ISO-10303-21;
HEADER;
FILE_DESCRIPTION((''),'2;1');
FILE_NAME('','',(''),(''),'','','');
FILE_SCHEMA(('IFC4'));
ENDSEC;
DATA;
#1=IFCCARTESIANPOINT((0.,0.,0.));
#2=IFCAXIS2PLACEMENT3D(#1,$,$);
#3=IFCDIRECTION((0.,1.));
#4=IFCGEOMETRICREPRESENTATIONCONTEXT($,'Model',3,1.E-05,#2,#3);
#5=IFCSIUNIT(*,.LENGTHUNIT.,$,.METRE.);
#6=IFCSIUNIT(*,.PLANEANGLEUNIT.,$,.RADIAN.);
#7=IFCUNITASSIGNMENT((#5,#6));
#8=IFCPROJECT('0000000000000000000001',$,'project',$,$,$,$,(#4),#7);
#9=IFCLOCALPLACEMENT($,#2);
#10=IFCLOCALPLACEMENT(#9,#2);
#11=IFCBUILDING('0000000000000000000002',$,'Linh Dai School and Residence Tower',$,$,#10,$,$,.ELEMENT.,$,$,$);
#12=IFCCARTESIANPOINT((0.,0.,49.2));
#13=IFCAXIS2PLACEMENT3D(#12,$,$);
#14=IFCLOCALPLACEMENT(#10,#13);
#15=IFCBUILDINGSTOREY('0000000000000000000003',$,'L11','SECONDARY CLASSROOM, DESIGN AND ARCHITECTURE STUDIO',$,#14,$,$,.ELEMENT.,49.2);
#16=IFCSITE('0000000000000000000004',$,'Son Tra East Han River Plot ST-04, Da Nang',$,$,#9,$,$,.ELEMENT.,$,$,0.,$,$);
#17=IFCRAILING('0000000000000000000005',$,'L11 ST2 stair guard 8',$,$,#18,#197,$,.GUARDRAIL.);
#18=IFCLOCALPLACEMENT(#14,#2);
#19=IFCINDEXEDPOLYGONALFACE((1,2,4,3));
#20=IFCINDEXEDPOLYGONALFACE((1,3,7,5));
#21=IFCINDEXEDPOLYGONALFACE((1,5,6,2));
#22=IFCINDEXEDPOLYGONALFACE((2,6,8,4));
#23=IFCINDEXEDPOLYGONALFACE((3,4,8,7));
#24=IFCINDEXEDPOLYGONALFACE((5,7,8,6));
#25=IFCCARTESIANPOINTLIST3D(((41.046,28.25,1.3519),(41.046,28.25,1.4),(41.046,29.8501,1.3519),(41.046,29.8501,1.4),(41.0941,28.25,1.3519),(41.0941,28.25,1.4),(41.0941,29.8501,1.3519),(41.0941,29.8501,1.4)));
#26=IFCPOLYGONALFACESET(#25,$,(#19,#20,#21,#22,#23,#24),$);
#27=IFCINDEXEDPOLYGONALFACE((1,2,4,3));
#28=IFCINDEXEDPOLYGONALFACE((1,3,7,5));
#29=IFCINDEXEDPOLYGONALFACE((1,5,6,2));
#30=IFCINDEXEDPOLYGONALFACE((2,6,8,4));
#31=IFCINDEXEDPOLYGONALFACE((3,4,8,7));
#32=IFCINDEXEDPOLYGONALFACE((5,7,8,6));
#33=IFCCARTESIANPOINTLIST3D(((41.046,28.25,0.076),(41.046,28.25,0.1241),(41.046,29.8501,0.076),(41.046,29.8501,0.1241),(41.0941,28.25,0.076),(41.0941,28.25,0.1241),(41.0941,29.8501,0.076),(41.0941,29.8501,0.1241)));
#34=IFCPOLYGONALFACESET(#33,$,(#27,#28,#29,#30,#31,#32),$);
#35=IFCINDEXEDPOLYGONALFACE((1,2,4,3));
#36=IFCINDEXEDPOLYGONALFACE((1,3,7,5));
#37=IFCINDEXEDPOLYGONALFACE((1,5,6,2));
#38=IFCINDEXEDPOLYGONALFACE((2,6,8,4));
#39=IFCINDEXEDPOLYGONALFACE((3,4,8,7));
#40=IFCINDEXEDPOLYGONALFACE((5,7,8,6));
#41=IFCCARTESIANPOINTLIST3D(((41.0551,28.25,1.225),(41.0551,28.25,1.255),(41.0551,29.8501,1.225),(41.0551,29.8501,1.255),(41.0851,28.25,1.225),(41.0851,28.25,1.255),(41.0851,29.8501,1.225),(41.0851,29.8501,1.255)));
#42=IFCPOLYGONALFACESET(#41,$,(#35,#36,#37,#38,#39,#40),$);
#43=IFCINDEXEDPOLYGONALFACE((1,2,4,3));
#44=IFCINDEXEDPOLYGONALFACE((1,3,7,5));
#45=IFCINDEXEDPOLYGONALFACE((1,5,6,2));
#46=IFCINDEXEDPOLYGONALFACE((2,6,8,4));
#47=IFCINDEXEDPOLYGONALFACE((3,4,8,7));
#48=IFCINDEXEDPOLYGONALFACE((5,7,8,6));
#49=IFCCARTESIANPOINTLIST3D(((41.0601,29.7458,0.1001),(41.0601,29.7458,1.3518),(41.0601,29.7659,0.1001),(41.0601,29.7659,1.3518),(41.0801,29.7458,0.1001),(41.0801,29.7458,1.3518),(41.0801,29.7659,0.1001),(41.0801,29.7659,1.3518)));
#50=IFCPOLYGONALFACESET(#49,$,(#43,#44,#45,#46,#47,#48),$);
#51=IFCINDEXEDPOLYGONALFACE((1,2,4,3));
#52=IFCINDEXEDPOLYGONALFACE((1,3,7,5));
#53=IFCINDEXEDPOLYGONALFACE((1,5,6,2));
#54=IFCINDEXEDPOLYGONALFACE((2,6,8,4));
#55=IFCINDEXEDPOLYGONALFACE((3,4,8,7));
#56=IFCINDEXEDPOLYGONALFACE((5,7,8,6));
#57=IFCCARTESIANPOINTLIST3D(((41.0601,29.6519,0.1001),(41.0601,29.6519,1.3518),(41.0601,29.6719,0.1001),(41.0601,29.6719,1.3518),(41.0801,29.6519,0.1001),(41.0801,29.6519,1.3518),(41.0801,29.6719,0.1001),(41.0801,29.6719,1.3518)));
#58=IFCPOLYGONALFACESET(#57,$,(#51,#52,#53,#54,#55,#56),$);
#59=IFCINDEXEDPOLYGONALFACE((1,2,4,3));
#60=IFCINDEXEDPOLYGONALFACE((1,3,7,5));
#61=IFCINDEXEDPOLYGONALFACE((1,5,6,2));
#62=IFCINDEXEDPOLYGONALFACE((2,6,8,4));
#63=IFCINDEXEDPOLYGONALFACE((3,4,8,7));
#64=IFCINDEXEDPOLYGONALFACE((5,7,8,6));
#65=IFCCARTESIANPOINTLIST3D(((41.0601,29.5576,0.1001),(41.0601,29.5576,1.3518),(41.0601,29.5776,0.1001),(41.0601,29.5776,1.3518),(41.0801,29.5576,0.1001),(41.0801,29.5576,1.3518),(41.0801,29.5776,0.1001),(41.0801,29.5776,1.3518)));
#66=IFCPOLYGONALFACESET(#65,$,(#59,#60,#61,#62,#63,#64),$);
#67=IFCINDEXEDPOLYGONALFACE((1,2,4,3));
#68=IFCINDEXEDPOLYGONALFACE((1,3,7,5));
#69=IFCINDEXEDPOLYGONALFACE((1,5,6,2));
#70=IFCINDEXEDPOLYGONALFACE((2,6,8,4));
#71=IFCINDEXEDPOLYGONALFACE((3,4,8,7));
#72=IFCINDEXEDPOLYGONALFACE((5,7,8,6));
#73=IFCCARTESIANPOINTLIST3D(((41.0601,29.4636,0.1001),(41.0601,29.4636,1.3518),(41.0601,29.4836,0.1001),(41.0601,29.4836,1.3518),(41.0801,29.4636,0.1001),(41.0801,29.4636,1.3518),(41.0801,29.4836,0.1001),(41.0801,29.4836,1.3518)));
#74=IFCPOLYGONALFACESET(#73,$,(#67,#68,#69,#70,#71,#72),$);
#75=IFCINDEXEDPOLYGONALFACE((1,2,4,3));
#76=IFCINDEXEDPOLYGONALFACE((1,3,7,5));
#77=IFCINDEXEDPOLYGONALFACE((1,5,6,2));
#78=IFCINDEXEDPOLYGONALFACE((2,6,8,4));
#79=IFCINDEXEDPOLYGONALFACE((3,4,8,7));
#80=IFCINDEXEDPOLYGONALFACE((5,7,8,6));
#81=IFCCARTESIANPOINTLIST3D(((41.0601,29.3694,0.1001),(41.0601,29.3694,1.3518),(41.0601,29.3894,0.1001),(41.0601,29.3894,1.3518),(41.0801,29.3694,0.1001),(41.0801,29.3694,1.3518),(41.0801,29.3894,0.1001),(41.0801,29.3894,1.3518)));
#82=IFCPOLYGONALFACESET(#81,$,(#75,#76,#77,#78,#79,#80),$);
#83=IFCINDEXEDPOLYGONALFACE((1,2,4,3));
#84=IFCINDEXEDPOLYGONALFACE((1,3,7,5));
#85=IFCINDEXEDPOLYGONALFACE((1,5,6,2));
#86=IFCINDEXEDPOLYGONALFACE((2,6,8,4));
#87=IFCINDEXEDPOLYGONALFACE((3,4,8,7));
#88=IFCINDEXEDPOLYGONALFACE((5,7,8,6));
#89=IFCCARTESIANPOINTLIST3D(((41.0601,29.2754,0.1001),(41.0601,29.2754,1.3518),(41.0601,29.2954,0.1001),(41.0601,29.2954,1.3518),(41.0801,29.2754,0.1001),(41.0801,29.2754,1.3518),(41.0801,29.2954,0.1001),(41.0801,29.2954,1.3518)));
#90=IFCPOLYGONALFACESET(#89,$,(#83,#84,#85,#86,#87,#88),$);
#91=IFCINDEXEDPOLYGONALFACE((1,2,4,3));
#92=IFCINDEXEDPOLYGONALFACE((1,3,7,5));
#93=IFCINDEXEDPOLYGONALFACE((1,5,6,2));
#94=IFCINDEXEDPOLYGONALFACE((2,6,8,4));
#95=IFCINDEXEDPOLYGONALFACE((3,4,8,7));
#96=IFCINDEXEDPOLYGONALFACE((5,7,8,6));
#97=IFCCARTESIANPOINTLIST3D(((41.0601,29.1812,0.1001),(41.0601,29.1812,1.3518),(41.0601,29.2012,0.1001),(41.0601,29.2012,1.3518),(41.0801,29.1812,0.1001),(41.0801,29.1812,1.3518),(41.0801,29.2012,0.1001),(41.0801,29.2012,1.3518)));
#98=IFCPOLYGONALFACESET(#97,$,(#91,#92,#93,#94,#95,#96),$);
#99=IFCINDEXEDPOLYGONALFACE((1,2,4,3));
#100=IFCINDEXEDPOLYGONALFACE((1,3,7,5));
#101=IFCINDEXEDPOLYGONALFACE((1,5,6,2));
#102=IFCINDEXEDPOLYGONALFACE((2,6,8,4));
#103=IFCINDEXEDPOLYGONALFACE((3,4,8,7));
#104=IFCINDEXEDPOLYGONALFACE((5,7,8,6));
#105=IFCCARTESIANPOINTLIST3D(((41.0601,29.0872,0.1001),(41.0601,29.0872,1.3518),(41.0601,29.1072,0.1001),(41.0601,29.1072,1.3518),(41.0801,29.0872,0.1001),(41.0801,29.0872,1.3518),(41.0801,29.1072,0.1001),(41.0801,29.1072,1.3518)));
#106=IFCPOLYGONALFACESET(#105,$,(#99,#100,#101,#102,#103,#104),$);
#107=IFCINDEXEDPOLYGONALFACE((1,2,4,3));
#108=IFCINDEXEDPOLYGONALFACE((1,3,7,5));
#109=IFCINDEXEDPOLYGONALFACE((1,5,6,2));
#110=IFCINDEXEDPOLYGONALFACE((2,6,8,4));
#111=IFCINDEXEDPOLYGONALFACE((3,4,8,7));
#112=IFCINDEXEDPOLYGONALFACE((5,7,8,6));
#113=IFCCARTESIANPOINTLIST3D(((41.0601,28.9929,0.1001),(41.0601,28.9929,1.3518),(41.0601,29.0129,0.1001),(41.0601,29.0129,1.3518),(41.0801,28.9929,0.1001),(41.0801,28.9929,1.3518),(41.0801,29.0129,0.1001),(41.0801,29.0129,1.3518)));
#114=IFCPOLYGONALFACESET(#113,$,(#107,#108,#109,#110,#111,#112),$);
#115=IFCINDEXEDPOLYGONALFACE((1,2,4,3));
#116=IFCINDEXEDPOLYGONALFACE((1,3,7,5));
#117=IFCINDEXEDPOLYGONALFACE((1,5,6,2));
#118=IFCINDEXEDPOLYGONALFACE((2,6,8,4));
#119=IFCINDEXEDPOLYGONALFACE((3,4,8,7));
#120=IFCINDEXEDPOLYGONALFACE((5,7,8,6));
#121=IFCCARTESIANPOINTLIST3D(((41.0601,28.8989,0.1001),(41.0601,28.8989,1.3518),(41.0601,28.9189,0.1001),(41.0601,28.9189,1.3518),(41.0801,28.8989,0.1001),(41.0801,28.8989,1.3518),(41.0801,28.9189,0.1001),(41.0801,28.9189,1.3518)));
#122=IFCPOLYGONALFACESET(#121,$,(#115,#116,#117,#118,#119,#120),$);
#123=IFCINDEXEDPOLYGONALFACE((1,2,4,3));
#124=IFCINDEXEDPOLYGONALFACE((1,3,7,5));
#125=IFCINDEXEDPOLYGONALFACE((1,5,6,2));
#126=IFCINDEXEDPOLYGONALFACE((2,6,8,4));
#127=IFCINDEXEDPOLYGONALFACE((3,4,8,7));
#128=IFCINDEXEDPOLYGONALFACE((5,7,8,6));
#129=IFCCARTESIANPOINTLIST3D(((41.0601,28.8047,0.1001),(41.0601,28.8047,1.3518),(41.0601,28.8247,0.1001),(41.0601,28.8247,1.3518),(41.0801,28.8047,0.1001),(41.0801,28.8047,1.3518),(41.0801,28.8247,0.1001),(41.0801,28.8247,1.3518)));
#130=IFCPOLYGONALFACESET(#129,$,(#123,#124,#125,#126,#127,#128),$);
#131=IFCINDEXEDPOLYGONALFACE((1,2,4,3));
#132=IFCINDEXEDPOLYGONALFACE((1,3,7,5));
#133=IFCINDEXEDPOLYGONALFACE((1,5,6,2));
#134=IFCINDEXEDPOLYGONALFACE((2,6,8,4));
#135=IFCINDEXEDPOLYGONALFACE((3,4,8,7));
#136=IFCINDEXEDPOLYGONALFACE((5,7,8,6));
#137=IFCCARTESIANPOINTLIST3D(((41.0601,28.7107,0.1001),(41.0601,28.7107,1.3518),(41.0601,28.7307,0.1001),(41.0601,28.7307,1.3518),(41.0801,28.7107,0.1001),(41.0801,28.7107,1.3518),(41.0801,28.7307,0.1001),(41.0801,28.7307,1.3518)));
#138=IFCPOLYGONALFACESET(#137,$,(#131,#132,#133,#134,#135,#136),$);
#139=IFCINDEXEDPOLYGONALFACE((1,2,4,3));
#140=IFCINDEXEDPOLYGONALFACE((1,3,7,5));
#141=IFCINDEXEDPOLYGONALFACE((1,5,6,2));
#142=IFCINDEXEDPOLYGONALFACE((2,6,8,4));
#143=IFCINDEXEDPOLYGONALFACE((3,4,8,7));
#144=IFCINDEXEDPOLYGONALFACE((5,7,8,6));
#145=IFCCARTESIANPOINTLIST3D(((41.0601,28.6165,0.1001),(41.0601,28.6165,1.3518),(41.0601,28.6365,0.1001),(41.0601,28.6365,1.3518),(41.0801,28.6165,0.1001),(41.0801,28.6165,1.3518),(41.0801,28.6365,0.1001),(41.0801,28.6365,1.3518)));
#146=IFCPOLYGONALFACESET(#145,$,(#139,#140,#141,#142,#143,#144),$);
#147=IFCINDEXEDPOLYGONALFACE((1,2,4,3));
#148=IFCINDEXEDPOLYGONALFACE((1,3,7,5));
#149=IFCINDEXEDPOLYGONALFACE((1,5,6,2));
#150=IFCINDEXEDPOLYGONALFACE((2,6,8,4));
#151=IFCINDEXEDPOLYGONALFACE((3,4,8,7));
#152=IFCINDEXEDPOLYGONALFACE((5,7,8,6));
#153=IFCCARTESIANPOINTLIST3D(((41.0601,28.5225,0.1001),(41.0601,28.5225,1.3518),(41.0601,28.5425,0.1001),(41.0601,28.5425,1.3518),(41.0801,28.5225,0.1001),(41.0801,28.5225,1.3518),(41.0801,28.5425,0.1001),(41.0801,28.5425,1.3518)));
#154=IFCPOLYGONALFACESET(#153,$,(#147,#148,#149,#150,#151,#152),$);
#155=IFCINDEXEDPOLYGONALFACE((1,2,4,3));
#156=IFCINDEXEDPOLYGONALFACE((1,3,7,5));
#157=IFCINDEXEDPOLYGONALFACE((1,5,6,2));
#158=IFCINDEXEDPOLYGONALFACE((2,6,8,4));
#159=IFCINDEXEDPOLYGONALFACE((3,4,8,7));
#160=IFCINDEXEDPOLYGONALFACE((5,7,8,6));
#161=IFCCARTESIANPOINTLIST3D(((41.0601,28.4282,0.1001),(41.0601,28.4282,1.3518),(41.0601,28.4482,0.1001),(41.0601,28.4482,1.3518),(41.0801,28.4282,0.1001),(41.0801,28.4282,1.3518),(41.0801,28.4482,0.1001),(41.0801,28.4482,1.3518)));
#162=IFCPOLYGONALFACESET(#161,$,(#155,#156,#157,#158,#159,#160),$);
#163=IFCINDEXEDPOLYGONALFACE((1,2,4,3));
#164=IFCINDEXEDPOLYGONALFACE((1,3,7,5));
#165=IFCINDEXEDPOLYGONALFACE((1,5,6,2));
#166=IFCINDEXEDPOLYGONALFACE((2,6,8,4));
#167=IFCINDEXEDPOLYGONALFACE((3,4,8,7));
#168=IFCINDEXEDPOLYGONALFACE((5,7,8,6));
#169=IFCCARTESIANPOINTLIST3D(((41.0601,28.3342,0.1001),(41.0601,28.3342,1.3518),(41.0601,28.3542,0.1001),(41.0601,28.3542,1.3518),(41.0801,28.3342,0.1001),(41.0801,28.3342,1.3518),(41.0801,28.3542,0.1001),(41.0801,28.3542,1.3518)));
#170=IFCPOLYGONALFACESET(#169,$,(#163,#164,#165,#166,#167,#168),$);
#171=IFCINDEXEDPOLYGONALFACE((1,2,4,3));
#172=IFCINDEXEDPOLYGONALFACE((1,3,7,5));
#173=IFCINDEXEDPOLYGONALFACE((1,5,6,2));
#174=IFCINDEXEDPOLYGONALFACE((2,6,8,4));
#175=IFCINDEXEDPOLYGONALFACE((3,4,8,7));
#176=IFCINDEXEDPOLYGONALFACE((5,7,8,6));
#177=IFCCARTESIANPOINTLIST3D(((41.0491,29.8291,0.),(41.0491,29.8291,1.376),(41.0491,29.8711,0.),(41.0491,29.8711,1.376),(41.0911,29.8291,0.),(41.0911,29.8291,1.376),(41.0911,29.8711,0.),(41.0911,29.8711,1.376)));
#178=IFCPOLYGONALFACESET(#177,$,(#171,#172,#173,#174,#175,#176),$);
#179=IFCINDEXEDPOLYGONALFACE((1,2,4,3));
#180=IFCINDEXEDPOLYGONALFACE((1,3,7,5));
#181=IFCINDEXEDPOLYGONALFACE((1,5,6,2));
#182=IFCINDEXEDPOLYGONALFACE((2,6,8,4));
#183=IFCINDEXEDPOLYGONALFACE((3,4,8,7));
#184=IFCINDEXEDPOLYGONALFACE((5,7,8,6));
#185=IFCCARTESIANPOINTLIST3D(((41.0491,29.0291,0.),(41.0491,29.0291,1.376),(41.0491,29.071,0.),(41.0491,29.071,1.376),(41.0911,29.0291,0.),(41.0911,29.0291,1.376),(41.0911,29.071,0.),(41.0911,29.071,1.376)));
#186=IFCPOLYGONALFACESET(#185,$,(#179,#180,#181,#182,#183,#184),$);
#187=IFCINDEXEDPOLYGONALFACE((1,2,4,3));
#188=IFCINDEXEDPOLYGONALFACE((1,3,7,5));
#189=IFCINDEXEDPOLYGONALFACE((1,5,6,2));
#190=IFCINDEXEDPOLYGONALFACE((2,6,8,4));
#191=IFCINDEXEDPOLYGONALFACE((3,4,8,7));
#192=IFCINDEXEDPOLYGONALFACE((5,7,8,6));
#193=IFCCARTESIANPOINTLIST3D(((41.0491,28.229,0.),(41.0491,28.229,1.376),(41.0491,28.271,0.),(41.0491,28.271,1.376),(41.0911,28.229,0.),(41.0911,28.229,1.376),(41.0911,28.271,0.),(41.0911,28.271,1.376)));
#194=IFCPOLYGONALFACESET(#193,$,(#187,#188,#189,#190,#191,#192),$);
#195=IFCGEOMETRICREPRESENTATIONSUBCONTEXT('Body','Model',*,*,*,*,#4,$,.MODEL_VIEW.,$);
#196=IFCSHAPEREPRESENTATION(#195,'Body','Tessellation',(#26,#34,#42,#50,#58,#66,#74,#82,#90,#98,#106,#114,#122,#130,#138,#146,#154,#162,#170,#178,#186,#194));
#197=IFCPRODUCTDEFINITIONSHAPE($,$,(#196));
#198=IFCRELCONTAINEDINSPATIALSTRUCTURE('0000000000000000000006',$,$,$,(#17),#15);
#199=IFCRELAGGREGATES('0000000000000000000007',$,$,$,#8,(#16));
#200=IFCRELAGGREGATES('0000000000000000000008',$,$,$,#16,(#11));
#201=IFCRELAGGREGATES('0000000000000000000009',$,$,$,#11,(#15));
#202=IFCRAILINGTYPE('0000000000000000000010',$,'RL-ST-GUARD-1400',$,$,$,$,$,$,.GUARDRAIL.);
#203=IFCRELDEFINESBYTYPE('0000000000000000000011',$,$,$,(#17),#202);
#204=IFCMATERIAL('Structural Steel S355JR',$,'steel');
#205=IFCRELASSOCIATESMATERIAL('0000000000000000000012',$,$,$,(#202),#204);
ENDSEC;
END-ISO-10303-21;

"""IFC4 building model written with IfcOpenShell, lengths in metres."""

from ifc_helpers import new_model, si_unit, direction, frame, origin, origin_2d, place, context, subcontext, project, spatial, rectangle, extrude, source, transform, mapped, material, type_object, element, save


model = new_model("IFC4")

# Units and contexts
model_context = context("Model", 3, precision=1e-05, world=origin(), true_north=direction((0.0, 1.0)))
body_context = subcontext(model_context, "Body", "Model", "MODEL_VIEW")
ifc_project = project(units=[si_unit("LENGTHUNIT", "METRE"), si_unit("PLANEANGLEUNIT", "RADIAN")], contexts=[model_context])

# Site, building, storey
site_placement = place(None, origin())
site = spatial("IfcSite", under=ifc_project, at=site_placement, Name="Son Tra East Han River Plot ST-04, Da Nang", CompositionType="ELEMENT", RefElevation=0.0)
building_placement = place(site_placement, origin())
building = spatial("IfcBuilding", under=site, at=building_placement, Name="Linh Dai School and Residence Tower", CompositionType="ELEMENT")
storey_placement = place(building_placement, frame((0.0, 0.0, 49.2)))
storey = spatial("IfcBuildingStorey", under=building, at=storey_placement, Name="L11", Description="SECONDARY CLASSROOM, DESIGN AND ARCHITECTURE STUDIO", CompositionType="ELEMENT", Elevation=49.2)

# Shared definitions
ifc_material_1 = material(Name="Structural Steel S355JR", Category="steel")

# Railing
railing_type_1 = type_object("IfcRailingType", Name="RL-ST-GUARD-1400", PredefinedType="GUARDRAIL", material=ifc_material_1)
shared_shape_1 = source(origin(), body_context, "Body", "SweptSolid", [
    extrude(rectangle(XDim=0.0481, YDim=0.0481, at=origin_2d()), frame((0.0, 0.0, 1.376), z_axis=(0.0, -1.0, 0.0), x_axis=(1.0, 0.0, 0.0)), (0.0, 0.0, 1.0), 1.6001),
    extrude(rectangle(XDim=0.0481, YDim=0.0481, at=origin_2d()), frame((0.0, 0.0, 0.1001), z_axis=(0.0, -1.0, 0.0), x_axis=(1.0, 0.0, 0.0)), (0.0, 0.0, 1.0), 1.6001),
    extrude(rectangle(XDim=0.03, YDim=0.03, at=origin_2d()), frame((0.0, 0.0, 1.24), z_axis=(0.0, -1.0, 0.0), x_axis=(1.0, 0.0, 0.0)), (0.0, 0.0, 1.0), 1.6001),
    extrude(rectangle(XDim=0.02, YDim=0.02, at=origin_2d()), frame((0.0, -0.0942, 0.1001)), (0.0, 0.0, 1.0), 1.2517),
    extrude(rectangle(XDim=0.02, YDim=0.02, at=origin_2d()), frame((0.0, -0.1882, 0.1001)), (0.0, 0.0, 1.0), 1.2517),
    extrude(rectangle(XDim=0.02, YDim=0.02, at=origin_2d()), frame((0.0, -0.2825, 0.1001)), (0.0, 0.0, 1.0), 1.2517),
    extrude(rectangle(XDim=0.02, YDim=0.02, at=origin_2d()), frame((0.0, -0.3765, 0.1001)), (0.0, 0.0, 1.0), 1.2517),
    extrude(rectangle(XDim=0.02, YDim=0.02, at=origin_2d()), frame((0.0, -0.4707, 0.1001)), (0.0, 0.0, 1.0), 1.2517),
    extrude(rectangle(XDim=0.02, YDim=0.02, at=origin_2d()), frame((0.0, -0.5647, 0.1001)), (0.0, 0.0, 1.0), 1.2517),
    extrude(rectangle(XDim=0.02, YDim=0.02, at=origin_2d()), frame((0.0, -0.6589, 0.1001)), (0.0, 0.0, 1.0), 1.2517),
    extrude(rectangle(XDim=0.02, YDim=0.02, at=origin_2d()), frame((0.0, -0.7529, 0.1001)), (0.0, 0.0, 1.0), 1.2517),
    extrude(rectangle(XDim=0.02, YDim=0.02, at=origin_2d()), frame((0.0, -0.8472, 0.1001)), (0.0, 0.0, 1.0), 1.2517),
    extrude(rectangle(XDim=0.02, YDim=0.02, at=origin_2d()), frame((0.0, -0.9412, 0.1001)), (0.0, 0.0, 1.0), 1.2517),
    extrude(rectangle(XDim=0.02, YDim=0.02, at=origin_2d()), frame((0.0, -1.0354, 0.1001)), (0.0, 0.0, 1.0), 1.2517),
    extrude(rectangle(XDim=0.02, YDim=0.02, at=origin_2d()), frame((0.0, -1.1294, 0.1001)), (0.0, 0.0, 1.0), 1.2517),
    extrude(rectangle(XDim=0.02, YDim=0.02, at=origin_2d()), frame((0.0, -1.2236, 0.1001)), (0.0, 0.0, 1.0), 1.2517),
    extrude(rectangle(XDim=0.02, YDim=0.02, at=origin_2d()), frame((0.0, -1.3176, 0.1001)), (0.0, 0.0, 1.0), 1.2517),
    extrude(rectangle(XDim=0.02, YDim=0.02, at=origin_2d()), frame((0.0, -1.4119, 0.1001)), (0.0, 0.0, 1.0), 1.2517),
    extrude(rectangle(XDim=0.02, YDim=0.02, at=origin_2d()), frame((0.0, -1.5059, 0.1001)), (0.0, 0.0, 1.0), 1.2517),
    extrude(rectangle(XDim=0.042, YDim=0.042, at=origin_2d()), origin(), (0.0, 0.0, 1.0), 1.376),
    extrude(rectangle(XDim=0.042, YDim=0.042, at=origin_2d()), frame((0.0, -0.8, 0.0)), (0.0, 0.0, 1.0), 1.376),
    extrude(rectangle(XDim=0.042, YDim=0.042, at=origin_2d()), frame((0.0, -1.6001, 0.0)), (0.0, 0.0, 1.0), 1.376),
])
for number, where, name in (
    (1, (41.0701, 29.8501, 0.0), "L11 ST2 stair guard 8"),
):
    element("IfcRailing", number, at=place(storey_placement, frame(where)), inside=storey, type_object=railing_type_1, Name=name, PredefinedType="GUARDRAIL", context=body_context, shape_type="MappedRepresentation", body=[
        mapped(shared_shape_1, transform((0.0, 0.0, 0.0), x_axis=(1.0, 0.0, 0.0), y_axis=(0.0, 1.0, 0.0), z_axis=(0.0, 0.0, 1.0), scale=1.0)),
    ])

save(model, "model.ifc")
